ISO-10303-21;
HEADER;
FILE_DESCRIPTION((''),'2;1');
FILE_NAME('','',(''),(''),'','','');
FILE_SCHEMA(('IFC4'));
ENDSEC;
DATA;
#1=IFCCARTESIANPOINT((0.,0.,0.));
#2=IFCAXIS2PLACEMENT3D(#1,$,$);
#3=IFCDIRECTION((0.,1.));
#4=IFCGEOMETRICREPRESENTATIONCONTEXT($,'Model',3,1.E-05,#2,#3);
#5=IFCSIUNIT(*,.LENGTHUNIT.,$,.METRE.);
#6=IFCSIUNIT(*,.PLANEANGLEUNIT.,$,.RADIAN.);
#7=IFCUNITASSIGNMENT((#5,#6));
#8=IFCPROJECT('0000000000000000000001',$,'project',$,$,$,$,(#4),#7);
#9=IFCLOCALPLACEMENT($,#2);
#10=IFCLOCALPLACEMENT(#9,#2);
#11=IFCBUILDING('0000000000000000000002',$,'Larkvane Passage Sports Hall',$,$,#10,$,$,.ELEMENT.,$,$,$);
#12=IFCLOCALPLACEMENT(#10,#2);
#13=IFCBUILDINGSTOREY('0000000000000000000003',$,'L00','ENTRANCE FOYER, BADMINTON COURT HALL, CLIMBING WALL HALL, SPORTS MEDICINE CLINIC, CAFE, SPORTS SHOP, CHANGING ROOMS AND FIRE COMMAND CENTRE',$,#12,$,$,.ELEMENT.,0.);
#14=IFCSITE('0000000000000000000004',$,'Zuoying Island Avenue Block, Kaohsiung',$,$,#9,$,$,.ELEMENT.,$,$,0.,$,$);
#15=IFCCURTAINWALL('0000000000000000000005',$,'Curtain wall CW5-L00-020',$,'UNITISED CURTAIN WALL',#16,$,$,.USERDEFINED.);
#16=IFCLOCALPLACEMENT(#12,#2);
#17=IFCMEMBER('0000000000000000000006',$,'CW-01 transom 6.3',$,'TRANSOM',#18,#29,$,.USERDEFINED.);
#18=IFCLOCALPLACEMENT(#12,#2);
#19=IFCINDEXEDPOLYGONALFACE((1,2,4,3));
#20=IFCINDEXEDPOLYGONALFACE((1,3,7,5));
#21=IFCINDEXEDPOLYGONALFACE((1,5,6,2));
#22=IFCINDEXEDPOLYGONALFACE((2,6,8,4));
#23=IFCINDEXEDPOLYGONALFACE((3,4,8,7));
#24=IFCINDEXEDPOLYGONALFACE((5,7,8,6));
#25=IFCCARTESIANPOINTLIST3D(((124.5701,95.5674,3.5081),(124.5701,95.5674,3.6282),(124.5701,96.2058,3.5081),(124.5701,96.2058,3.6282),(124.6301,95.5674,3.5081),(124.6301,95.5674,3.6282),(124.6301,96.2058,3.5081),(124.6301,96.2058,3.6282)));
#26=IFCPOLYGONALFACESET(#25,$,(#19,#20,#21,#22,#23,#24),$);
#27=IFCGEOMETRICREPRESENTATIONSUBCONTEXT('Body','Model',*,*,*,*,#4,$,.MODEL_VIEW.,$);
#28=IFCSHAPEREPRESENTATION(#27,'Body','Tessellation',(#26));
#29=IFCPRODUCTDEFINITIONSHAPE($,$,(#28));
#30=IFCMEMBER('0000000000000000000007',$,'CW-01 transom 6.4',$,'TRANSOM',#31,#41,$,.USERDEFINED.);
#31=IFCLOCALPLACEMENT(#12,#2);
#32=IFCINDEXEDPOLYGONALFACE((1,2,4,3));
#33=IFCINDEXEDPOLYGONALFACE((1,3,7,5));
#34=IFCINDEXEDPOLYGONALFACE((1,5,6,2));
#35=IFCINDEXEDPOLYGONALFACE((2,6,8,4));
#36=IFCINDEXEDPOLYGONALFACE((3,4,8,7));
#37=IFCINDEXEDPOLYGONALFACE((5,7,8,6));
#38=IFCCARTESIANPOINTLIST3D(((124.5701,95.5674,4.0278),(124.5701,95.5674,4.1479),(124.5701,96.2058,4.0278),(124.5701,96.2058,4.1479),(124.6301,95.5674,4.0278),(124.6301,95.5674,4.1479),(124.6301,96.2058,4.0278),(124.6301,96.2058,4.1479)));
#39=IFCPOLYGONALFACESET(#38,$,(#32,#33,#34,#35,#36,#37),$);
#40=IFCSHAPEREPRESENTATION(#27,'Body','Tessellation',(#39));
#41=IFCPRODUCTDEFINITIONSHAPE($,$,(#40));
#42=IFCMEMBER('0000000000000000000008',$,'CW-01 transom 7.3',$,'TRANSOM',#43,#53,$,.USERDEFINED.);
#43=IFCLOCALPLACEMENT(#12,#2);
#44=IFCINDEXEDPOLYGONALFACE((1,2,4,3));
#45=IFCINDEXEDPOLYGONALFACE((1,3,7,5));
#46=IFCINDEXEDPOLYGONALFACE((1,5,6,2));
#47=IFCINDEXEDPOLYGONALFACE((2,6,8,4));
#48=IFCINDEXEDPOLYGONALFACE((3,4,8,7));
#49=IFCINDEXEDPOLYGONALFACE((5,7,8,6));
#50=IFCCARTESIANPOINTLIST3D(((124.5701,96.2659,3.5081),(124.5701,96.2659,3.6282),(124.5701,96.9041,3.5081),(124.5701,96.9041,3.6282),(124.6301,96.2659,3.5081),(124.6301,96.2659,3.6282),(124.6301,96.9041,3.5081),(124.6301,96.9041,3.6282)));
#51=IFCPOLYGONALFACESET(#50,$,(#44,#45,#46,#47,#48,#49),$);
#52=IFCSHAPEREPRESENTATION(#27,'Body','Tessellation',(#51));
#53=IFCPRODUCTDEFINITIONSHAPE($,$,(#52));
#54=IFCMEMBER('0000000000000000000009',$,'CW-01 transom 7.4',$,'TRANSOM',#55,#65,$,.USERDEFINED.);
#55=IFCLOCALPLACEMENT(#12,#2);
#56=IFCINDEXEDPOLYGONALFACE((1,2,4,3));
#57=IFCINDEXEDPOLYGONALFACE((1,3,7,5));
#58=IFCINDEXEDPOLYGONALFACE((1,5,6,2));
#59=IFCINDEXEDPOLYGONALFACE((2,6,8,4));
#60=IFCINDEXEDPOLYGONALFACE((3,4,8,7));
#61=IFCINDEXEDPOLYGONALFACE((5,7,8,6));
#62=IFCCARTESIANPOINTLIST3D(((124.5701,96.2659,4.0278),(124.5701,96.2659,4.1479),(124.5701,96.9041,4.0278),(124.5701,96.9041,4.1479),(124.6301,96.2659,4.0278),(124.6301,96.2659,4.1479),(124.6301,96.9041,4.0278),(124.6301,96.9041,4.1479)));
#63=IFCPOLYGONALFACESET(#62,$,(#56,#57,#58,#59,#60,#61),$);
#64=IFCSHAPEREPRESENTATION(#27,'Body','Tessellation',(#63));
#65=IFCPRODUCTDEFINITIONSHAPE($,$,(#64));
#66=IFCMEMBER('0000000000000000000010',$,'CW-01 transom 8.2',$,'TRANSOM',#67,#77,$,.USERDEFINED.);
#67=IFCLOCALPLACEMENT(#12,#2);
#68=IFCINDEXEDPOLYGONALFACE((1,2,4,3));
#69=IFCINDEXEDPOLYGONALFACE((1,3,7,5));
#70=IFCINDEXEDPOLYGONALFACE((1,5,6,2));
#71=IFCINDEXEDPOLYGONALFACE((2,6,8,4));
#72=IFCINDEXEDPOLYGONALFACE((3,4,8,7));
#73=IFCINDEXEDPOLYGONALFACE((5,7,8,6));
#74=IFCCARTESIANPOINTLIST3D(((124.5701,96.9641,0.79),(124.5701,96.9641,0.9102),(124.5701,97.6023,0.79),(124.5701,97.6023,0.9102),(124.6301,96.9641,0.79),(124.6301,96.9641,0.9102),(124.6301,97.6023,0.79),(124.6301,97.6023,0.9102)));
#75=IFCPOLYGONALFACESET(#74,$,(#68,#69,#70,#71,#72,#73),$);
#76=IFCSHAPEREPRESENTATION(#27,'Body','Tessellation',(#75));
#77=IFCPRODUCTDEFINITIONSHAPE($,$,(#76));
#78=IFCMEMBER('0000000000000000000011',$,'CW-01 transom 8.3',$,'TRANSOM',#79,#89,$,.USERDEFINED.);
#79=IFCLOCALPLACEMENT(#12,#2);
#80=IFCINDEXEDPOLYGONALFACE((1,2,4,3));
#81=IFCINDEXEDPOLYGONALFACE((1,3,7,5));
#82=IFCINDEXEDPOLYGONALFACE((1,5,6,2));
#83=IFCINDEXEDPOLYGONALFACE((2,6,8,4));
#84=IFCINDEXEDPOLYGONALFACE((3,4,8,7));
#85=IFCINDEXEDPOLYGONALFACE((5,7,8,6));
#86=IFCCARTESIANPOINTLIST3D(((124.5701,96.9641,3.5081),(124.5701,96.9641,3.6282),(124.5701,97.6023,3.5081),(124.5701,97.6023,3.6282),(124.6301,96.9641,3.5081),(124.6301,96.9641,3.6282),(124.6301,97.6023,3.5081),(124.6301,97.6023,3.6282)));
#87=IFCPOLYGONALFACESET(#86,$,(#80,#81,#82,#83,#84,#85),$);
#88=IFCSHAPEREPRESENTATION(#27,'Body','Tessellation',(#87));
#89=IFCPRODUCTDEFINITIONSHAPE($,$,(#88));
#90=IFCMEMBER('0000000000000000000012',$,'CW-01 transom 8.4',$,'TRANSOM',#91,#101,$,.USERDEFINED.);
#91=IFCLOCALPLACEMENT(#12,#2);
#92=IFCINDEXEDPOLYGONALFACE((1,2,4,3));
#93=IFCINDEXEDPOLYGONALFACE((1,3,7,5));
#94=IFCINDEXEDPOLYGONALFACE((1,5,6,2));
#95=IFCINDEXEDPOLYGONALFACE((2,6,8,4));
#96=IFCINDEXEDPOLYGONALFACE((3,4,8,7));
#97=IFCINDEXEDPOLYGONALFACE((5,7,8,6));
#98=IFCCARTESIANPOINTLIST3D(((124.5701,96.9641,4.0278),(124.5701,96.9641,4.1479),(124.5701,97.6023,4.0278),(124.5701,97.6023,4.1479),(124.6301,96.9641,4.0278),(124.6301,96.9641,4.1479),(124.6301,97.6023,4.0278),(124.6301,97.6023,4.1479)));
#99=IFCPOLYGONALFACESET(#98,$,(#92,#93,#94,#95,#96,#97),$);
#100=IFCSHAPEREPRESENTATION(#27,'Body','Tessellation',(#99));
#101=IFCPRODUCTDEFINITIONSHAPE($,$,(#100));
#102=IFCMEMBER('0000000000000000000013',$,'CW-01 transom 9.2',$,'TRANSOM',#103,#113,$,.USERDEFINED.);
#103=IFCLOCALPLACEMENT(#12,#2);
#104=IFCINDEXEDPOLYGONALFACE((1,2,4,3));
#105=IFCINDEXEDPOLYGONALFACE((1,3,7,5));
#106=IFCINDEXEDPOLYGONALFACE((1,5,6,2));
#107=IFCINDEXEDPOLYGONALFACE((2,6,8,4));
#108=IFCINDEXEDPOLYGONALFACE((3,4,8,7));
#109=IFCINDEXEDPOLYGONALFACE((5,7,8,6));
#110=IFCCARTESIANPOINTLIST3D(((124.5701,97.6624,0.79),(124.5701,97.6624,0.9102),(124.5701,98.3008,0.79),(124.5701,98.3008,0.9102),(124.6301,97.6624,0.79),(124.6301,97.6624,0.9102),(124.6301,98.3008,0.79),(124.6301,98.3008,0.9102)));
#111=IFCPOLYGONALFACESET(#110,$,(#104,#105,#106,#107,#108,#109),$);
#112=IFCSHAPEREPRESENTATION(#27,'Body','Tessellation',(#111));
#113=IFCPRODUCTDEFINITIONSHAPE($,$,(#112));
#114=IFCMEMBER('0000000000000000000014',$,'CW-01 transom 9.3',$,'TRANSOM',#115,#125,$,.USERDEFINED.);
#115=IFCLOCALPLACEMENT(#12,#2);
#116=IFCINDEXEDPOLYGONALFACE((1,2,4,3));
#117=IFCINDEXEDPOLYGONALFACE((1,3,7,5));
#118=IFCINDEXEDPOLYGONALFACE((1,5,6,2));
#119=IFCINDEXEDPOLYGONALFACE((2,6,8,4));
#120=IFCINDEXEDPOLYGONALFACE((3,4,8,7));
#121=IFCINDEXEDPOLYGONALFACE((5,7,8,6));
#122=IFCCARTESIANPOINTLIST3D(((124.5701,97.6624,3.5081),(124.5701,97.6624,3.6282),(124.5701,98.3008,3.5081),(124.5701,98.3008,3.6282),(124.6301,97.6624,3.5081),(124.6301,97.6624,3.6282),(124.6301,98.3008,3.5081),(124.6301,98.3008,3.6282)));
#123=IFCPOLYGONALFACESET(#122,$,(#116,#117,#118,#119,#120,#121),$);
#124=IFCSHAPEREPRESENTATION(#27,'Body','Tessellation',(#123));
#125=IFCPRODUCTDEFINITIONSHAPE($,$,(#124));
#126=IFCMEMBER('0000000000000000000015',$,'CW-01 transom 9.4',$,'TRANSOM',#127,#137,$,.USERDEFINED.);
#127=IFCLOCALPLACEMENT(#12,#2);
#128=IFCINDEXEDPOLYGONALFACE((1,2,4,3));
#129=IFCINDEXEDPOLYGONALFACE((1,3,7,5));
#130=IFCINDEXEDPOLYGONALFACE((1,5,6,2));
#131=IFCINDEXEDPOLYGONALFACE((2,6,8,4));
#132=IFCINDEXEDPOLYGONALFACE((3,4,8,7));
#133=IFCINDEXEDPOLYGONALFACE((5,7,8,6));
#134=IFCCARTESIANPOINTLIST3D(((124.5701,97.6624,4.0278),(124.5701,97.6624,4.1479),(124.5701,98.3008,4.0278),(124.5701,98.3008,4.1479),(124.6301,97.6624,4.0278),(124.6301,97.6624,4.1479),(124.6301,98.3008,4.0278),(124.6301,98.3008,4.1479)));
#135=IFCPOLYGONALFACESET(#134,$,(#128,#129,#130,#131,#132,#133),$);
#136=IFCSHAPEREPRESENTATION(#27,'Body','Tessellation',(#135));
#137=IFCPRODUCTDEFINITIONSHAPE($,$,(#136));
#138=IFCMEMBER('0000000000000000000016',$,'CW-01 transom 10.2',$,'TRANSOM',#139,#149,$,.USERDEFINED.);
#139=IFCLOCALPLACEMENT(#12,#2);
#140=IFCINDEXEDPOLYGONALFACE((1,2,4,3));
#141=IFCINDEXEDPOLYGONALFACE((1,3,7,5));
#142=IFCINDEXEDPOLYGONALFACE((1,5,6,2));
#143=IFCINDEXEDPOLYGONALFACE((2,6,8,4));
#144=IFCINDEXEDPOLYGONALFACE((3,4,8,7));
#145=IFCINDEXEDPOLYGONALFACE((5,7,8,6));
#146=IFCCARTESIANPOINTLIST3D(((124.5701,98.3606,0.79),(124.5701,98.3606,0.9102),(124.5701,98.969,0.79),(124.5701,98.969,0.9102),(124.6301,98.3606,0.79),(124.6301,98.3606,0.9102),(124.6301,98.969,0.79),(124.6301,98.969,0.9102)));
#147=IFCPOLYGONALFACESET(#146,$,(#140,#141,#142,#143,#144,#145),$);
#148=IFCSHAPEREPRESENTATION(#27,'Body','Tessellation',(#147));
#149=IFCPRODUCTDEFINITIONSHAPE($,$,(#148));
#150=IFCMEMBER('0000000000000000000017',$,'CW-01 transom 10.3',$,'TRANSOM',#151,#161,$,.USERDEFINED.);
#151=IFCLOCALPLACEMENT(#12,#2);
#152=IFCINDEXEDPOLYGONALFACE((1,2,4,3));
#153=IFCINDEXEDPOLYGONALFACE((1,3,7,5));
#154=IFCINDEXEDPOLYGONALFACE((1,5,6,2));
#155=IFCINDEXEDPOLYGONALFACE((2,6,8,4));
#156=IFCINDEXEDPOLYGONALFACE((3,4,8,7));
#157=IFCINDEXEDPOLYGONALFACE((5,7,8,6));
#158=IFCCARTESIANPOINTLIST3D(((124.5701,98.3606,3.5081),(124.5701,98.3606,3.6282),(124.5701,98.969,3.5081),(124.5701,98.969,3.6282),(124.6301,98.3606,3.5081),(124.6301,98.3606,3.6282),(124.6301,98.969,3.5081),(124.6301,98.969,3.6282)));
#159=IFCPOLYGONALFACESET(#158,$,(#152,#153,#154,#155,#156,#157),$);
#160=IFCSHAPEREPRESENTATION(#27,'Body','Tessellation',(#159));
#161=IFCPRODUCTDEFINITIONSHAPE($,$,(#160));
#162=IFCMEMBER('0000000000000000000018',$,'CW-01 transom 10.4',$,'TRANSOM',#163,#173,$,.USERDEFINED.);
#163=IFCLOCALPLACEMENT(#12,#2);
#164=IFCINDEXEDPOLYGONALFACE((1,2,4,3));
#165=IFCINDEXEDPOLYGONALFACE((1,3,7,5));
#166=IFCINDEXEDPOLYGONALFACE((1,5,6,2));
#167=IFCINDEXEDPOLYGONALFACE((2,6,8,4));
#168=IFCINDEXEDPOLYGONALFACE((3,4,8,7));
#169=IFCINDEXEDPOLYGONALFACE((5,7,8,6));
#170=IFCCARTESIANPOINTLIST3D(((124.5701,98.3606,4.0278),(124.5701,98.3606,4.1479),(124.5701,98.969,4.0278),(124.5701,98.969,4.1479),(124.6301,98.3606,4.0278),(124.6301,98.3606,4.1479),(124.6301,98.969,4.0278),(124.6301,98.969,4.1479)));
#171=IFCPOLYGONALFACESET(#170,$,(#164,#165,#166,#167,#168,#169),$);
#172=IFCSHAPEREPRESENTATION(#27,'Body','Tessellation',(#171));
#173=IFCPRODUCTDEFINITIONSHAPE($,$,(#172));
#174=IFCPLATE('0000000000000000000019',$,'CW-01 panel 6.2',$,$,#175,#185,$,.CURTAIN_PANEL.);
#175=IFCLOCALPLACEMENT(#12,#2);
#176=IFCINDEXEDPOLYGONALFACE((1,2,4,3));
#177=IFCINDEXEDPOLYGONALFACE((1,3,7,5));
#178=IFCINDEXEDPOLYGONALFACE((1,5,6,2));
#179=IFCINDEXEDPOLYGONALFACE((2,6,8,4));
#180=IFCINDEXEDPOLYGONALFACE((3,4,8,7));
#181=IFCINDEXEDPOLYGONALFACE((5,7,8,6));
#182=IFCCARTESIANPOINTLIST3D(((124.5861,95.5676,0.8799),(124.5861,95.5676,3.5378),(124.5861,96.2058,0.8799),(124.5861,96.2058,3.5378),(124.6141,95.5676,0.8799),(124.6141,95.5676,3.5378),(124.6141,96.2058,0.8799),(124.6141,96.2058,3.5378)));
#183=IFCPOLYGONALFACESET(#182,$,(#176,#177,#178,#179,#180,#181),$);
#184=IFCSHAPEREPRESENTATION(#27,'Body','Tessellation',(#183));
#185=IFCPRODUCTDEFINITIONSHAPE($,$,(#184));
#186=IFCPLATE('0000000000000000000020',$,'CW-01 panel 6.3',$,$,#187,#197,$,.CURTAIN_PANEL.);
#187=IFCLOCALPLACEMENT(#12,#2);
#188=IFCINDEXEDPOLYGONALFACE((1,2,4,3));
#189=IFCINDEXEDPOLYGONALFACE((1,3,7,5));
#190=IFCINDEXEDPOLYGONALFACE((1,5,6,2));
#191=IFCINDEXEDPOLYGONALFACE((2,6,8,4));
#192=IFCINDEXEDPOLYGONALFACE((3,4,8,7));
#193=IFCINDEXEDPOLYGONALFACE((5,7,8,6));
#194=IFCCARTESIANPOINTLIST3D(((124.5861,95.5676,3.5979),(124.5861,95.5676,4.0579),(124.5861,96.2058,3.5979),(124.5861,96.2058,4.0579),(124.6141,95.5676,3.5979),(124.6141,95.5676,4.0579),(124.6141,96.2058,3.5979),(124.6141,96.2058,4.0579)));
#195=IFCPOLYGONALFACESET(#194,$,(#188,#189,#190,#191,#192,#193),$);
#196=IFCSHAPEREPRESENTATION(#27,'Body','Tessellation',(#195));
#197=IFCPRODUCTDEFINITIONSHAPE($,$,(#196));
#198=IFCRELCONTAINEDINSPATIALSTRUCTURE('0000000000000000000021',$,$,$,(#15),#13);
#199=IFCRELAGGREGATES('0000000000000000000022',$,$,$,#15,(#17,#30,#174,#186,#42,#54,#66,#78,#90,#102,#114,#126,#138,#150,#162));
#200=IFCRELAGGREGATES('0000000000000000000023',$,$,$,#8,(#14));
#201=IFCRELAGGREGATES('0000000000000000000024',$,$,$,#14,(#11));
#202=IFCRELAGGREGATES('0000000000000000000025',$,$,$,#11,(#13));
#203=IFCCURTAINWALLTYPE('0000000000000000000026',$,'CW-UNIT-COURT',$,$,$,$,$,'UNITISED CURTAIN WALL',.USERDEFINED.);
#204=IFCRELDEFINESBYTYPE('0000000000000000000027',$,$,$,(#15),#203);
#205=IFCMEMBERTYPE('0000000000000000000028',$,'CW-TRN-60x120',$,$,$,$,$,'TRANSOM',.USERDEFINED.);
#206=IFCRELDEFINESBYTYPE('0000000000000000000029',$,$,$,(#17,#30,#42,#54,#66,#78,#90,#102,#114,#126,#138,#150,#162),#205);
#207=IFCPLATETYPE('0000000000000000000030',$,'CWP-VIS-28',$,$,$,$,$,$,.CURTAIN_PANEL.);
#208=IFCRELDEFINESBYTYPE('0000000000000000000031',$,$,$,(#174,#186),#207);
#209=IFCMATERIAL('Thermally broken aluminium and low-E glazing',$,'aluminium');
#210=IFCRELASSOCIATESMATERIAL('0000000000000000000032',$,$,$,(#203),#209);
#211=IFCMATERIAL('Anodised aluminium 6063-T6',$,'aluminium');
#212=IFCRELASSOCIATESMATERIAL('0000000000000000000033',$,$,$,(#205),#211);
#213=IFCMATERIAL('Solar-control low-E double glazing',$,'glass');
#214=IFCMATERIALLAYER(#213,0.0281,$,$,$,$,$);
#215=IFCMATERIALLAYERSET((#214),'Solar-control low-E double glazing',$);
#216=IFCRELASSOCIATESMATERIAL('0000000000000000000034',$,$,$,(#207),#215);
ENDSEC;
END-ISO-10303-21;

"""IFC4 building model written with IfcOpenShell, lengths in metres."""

from ifc_helpers import new_model, si_unit, direction, frame, origin, origin_2d, place, context, subcontext, project, spatial, rectangle, extrude, material, layer, layer_set, material_profile, profile_set, type_object, element, aggregate, save


model = new_model("IFC4")

# Units and contexts
model_context = context("Model", 3, precision=1e-05, world=origin(), true_north=direction((0.0, 1.0)))
body_context = subcontext(model_context, "Body", "Model", "MODEL_VIEW")
ifc_project = project(units=[si_unit("LENGTHUNIT", "METRE"), si_unit("PLANEANGLEUNIT", "RADIAN")], contexts=[model_context])

# Site, building, storey
site_placement = place(None, origin())
site = spatial("IfcSite", under=ifc_project, at=site_placement, Name="Zuoying Island Avenue Block, Kaohsiung", CompositionType="ELEMENT", RefElevation=0.0)
building_placement = place(site_placement, origin())
building = spatial("IfcBuilding", under=site, at=building_placement, Name="Larkvane Passage Sports Hall", CompositionType="ELEMENT")
storey_placement = place(building_placement, origin())
storey = spatial("IfcBuildingStorey", under=building, at=storey_placement, Name="L00", Description="ENTRANCE FOYER, BADMINTON COURT HALL, CLIMBING WALL HALL, SPORTS MEDICINE CLINIC, CAFE, SPORTS SHOP, CHANGING ROOMS AND FIRE COMMAND CENTRE", CompositionType="ELEMENT", Elevation=0.0)

# Curtain wall, members, plates
ifc_material_1 = material(Name="Thermally broken aluminium and low-E glazing", Category="aluminium")
curtain_wall_type = type_object("IfcCurtainWallType", Name="CW-UNIT-COURT", ElementType="UNITISED CURTAIN WALL", PredefinedType="USERDEFINED", material=ifc_material_1)
curtain_wall_placement = place(storey_placement, origin())
curtain_wall = element("IfcCurtainWall", 1, at=curtain_wall_placement, inside=storey, type_object=curtain_wall_type, Name="Curtain wall CW5-L00-020", ObjectType="UNITISED CURTAIN WALL", PredefinedType="USERDEFINED")
ifc_material_2 = material(Name="Anodised aluminium 6063-T6", Category="aluminium")
ifc_material_profile = material_profile(ifc_material_2, rectangle(XDim=0.0601, YDim=0.1201, at=origin_2d()), Name="ALU-TRN-60x120")
ifc_profile_set = profile_set([ifc_material_profile], Name="Anodised aluminium 6063-T6")
member_type = type_object("IfcMemberType", Name="CW-TRN-60x120", ElementType="TRANSOM", PredefinedType="USERDEFINED", material=ifc_profile_set)
member_1_placement = place(storey_placement, frame((124.6001, 95.5674, 3.5681), z_axis=(0.0, 1.0, 0.0), x_axis=(-1.0, 0.0, 0.0)))
member_1 = element("IfcMember", 2, at=member_1_placement, type_object=member_type, Name="CW-01 transom 6.3", ObjectType="TRANSOM", PredefinedType="USERDEFINED", context=body_context, shape_type="SweptSolid", body=[
    extrude(rectangle(XDim=0.0601, YDim=0.1201, at=origin_2d()), origin(), (0.0, 0.0, 1.0), 0.6384),
])
member_2_placement = place(storey_placement, frame((124.6001, 95.5674, 4.0879), z_axis=(0.0, 1.0, 0.0), x_axis=(-1.0, 0.0, 0.0)))
member_2 = element("IfcMember", 3, at=member_2_placement, type_object=member_type, Name="CW-01 transom 6.4", ObjectType="TRANSOM", PredefinedType="USERDEFINED", context=body_context, shape_type="SweptSolid", body=[
    extrude(rectangle(XDim=0.0601, YDim=0.1201, at=origin_2d()), origin(), (0.0, 0.0, 1.0), 0.6384),
])
member_3_placement = place(storey_placement, frame((124.6001, 96.2659, 3.5681), z_axis=(0.0, 1.0, 0.0), x_axis=(-1.0, 0.0, 0.0)))
member_3 = element("IfcMember", 4, at=member_3_placement, type_object=member_type, Name="CW-01 transom 7.3", ObjectType="TRANSOM", PredefinedType="USERDEFINED", context=body_context, shape_type="SweptSolid", body=[
    extrude(rectangle(XDim=0.0601, YDim=0.1201, at=origin_2d()), origin(), (0.0, 0.0, 1.0), 0.6382),
])
member_4_placement = place(storey_placement, frame((124.6001, 96.2659, 4.0879), z_axis=(0.0, 1.0, 0.0), x_axis=(-1.0, 0.0, 0.0)))
member_4 = element("IfcMember", 5, at=member_4_placement, type_object=member_type, Name="CW-01 transom 7.4", ObjectType="TRANSOM", PredefinedType="USERDEFINED", context=body_context, shape_type="SweptSolid", body=[
    extrude(rectangle(XDim=0.0601, YDim=0.1201, at=origin_2d()), origin(), (0.0, 0.0, 1.0), 0.6382),
])
member_5_placement = place(storey_placement, frame((124.6001, 96.9641, 0.8501), z_axis=(0.0, 1.0, 0.0), x_axis=(-1.0, 0.0, 0.0)))
member_5 = element("IfcMember", 6, at=member_5_placement, type_object=member_type, Name="CW-01 transom 8.2", ObjectType="TRANSOM", PredefinedType="USERDEFINED", context=body_context, shape_type="SweptSolid", body=[
    extrude(rectangle(XDim=0.0601, YDim=0.1201, at=origin_2d()), origin(), (0.0, 0.0, 1.0), 0.6382),
])
member_6_placement = place(storey_placement, frame((124.6001, 96.9641, 3.5681), z_axis=(0.0, 1.0, 0.0), x_axis=(-1.0, 0.0, 0.0)))
member_6 = element("IfcMember", 7, at=member_6_placement, type_object=member_type, Name="CW-01 transom 8.3", ObjectType="TRANSOM", PredefinedType="USERDEFINED", context=body_context, shape_type="SweptSolid", body=[
    extrude(rectangle(XDim=0.0601, YDim=0.1201, at=origin_2d()), origin(), (0.0, 0.0, 1.0), 0.6382),
])
member_7_placement = place(storey_placement, frame((124.6001, 96.9641, 4.0879), z_axis=(0.0, 1.0, 0.0), x_axis=(-1.0, 0.0, 0.0)))
member_7 = element("IfcMember", 8, at=member_7_placement, type_object=member_type, Name="CW-01 transom 8.4", ObjectType="TRANSOM", PredefinedType="USERDEFINED", context=body_context, shape_type="SweptSolid", body=[
    extrude(rectangle(XDim=0.0601, YDim=0.1201, at=origin_2d()), origin(), (0.0, 0.0, 1.0), 0.6382),
])
member_8_placement = place(storey_placement, frame((124.6001, 97.6624, 0.8501), z_axis=(0.0, 1.0, 0.0), x_axis=(-1.0, 0.0, 0.0)))
member_8 = element("IfcMember", 9, at=member_8_placement, type_object=member_type, Name="CW-01 transom 9.2", ObjectType="TRANSOM", PredefinedType="USERDEFINED", context=body_context, shape_type="SweptSolid", body=[
    extrude(rectangle(XDim=0.0601, YDim=0.1201, at=origin_2d()), origin(), (0.0, 0.0, 1.0), 0.6384),
])
member_9_placement = place(storey_placement, frame((124.6001, 97.6624, 3.5681), z_axis=(0.0, 1.0, 0.0), x_axis=(-1.0, 0.0, 0.0)))
member_9 = element("IfcMember", 10, at=member_9_placement, type_object=member_type, Name="CW-01 transom 9.3", ObjectType="TRANSOM", PredefinedType="USERDEFINED", context=body_context, shape_type="SweptSolid", body=[
    extrude(rectangle(XDim=0.0601, YDim=0.1201, at=origin_2d()), origin(), (0.0, 0.0, 1.0), 0.6384),
])
member_10_placement = place(storey_placement, frame((124.6001, 97.6624, 4.0879), z_axis=(0.0, 1.0, 0.0), x_axis=(-1.0, 0.0, 0.0)))
member_10 = element("IfcMember", 11, at=member_10_placement, type_object=member_type, Name="CW-01 transom 9.4", ObjectType="TRANSOM", PredefinedType="USERDEFINED", context=body_context, shape_type="SweptSolid", body=[
    extrude(rectangle(XDim=0.0601, YDim=0.1201, at=origin_2d()), origin(), (0.0, 0.0, 1.0), 0.6384),
])
member_11_placement = place(storey_placement, frame((124.6001, 98.3606, 0.8501), z_axis=(0.0, 1.0, 0.0), x_axis=(-1.0, 0.0, 0.0)))
member_11 = element("IfcMember", 12, at=member_11_placement, type_object=member_type, Name="CW-01 transom 10.2", ObjectType="TRANSOM", PredefinedType="USERDEFINED", context=body_context, shape_type="SweptSolid", body=[
    extrude(rectangle(XDim=0.0601, YDim=0.1201, at=origin_2d()), origin(), (0.0, 0.0, 1.0), 0.6084),
])
member_12_placement = place(storey_placement, frame((124.6001, 98.3606, 3.5681), z_axis=(0.0, 1.0, 0.0), x_axis=(-1.0, 0.0, 0.0)))
member_12 = element("IfcMember", 13, at=member_12_placement, type_object=member_type, Name="CW-01 transom 10.3", ObjectType="TRANSOM", PredefinedType="USERDEFINED", context=body_context, shape_type="SweptSolid", body=[
    extrude(rectangle(XDim=0.0601, YDim=0.1201, at=origin_2d()), origin(), (0.0, 0.0, 1.0), 0.6084),
])
member_13_placement = place(storey_placement, frame((124.6001, 98.3606, 4.0879), z_axis=(0.0, 1.0, 0.0), x_axis=(-1.0, 0.0, 0.0)))
member_13 = element("IfcMember", 14, at=member_13_placement, type_object=member_type, Name="CW-01 transom 10.4", ObjectType="TRANSOM", PredefinedType="USERDEFINED", context=body_context, shape_type="SweptSolid", body=[
    extrude(rectangle(XDim=0.0601, YDim=0.1201, at=origin_2d()), origin(), (0.0, 0.0, 1.0), 0.6084),
])
ifc_material_3 = material(Name="Solar-control low-E double glazing", Category="glass")
ifc_layer = layer(ifc_material_3, 0.0281)
ifc_layer_set = layer_set([ifc_layer], Name="Solar-control low-E double glazing")
plate_type = type_object("IfcPlateType", Name="CWP-VIS-28", PredefinedType="CURTAIN_PANEL", material=ifc_layer_set)
plate_1_placement = place(storey_placement, frame((124.6001, 95.8867, 0.8799), z_axis=(0.0, 0.0, 1.0), x_axis=(0.0, 1.0, 0.0)))
plate_1 = element("IfcPlate", 15, at=plate_1_placement, type_object=plate_type, Name="CW-01 panel 6.2", PredefinedType="CURTAIN_PANEL", context=body_context, shape_type="SweptSolid", body=[
    extrude(rectangle(XDim=0.6382, YDim=0.0281, at=origin_2d()), origin(), (0.0, 0.0, 1.0), 2.658),
])
plate_2_placement = place(storey_placement, frame((124.6001, 95.8867, 3.5979), z_axis=(0.0, 0.0, 1.0), x_axis=(0.0, 1.0, 0.0)))
plate_2 = element("IfcPlate", 16, at=plate_2_placement, type_object=plate_type, Name="CW-01 panel 6.3", PredefinedType="CURTAIN_PANEL", context=body_context, shape_type="SweptSolid", body=[
    extrude(rectangle(XDim=0.6382, YDim=0.0281, at=origin_2d()), origin(), (0.0, 0.0, 1.0), 0.46),
])
aggregate(curtain_wall, [member_1, member_2, plate_1, plate_2, member_3, member_4, member_5, member_6, member_7, member_8, member_9, member_10, member_11, member_12, member_13])

save(model, "model.ifc")
